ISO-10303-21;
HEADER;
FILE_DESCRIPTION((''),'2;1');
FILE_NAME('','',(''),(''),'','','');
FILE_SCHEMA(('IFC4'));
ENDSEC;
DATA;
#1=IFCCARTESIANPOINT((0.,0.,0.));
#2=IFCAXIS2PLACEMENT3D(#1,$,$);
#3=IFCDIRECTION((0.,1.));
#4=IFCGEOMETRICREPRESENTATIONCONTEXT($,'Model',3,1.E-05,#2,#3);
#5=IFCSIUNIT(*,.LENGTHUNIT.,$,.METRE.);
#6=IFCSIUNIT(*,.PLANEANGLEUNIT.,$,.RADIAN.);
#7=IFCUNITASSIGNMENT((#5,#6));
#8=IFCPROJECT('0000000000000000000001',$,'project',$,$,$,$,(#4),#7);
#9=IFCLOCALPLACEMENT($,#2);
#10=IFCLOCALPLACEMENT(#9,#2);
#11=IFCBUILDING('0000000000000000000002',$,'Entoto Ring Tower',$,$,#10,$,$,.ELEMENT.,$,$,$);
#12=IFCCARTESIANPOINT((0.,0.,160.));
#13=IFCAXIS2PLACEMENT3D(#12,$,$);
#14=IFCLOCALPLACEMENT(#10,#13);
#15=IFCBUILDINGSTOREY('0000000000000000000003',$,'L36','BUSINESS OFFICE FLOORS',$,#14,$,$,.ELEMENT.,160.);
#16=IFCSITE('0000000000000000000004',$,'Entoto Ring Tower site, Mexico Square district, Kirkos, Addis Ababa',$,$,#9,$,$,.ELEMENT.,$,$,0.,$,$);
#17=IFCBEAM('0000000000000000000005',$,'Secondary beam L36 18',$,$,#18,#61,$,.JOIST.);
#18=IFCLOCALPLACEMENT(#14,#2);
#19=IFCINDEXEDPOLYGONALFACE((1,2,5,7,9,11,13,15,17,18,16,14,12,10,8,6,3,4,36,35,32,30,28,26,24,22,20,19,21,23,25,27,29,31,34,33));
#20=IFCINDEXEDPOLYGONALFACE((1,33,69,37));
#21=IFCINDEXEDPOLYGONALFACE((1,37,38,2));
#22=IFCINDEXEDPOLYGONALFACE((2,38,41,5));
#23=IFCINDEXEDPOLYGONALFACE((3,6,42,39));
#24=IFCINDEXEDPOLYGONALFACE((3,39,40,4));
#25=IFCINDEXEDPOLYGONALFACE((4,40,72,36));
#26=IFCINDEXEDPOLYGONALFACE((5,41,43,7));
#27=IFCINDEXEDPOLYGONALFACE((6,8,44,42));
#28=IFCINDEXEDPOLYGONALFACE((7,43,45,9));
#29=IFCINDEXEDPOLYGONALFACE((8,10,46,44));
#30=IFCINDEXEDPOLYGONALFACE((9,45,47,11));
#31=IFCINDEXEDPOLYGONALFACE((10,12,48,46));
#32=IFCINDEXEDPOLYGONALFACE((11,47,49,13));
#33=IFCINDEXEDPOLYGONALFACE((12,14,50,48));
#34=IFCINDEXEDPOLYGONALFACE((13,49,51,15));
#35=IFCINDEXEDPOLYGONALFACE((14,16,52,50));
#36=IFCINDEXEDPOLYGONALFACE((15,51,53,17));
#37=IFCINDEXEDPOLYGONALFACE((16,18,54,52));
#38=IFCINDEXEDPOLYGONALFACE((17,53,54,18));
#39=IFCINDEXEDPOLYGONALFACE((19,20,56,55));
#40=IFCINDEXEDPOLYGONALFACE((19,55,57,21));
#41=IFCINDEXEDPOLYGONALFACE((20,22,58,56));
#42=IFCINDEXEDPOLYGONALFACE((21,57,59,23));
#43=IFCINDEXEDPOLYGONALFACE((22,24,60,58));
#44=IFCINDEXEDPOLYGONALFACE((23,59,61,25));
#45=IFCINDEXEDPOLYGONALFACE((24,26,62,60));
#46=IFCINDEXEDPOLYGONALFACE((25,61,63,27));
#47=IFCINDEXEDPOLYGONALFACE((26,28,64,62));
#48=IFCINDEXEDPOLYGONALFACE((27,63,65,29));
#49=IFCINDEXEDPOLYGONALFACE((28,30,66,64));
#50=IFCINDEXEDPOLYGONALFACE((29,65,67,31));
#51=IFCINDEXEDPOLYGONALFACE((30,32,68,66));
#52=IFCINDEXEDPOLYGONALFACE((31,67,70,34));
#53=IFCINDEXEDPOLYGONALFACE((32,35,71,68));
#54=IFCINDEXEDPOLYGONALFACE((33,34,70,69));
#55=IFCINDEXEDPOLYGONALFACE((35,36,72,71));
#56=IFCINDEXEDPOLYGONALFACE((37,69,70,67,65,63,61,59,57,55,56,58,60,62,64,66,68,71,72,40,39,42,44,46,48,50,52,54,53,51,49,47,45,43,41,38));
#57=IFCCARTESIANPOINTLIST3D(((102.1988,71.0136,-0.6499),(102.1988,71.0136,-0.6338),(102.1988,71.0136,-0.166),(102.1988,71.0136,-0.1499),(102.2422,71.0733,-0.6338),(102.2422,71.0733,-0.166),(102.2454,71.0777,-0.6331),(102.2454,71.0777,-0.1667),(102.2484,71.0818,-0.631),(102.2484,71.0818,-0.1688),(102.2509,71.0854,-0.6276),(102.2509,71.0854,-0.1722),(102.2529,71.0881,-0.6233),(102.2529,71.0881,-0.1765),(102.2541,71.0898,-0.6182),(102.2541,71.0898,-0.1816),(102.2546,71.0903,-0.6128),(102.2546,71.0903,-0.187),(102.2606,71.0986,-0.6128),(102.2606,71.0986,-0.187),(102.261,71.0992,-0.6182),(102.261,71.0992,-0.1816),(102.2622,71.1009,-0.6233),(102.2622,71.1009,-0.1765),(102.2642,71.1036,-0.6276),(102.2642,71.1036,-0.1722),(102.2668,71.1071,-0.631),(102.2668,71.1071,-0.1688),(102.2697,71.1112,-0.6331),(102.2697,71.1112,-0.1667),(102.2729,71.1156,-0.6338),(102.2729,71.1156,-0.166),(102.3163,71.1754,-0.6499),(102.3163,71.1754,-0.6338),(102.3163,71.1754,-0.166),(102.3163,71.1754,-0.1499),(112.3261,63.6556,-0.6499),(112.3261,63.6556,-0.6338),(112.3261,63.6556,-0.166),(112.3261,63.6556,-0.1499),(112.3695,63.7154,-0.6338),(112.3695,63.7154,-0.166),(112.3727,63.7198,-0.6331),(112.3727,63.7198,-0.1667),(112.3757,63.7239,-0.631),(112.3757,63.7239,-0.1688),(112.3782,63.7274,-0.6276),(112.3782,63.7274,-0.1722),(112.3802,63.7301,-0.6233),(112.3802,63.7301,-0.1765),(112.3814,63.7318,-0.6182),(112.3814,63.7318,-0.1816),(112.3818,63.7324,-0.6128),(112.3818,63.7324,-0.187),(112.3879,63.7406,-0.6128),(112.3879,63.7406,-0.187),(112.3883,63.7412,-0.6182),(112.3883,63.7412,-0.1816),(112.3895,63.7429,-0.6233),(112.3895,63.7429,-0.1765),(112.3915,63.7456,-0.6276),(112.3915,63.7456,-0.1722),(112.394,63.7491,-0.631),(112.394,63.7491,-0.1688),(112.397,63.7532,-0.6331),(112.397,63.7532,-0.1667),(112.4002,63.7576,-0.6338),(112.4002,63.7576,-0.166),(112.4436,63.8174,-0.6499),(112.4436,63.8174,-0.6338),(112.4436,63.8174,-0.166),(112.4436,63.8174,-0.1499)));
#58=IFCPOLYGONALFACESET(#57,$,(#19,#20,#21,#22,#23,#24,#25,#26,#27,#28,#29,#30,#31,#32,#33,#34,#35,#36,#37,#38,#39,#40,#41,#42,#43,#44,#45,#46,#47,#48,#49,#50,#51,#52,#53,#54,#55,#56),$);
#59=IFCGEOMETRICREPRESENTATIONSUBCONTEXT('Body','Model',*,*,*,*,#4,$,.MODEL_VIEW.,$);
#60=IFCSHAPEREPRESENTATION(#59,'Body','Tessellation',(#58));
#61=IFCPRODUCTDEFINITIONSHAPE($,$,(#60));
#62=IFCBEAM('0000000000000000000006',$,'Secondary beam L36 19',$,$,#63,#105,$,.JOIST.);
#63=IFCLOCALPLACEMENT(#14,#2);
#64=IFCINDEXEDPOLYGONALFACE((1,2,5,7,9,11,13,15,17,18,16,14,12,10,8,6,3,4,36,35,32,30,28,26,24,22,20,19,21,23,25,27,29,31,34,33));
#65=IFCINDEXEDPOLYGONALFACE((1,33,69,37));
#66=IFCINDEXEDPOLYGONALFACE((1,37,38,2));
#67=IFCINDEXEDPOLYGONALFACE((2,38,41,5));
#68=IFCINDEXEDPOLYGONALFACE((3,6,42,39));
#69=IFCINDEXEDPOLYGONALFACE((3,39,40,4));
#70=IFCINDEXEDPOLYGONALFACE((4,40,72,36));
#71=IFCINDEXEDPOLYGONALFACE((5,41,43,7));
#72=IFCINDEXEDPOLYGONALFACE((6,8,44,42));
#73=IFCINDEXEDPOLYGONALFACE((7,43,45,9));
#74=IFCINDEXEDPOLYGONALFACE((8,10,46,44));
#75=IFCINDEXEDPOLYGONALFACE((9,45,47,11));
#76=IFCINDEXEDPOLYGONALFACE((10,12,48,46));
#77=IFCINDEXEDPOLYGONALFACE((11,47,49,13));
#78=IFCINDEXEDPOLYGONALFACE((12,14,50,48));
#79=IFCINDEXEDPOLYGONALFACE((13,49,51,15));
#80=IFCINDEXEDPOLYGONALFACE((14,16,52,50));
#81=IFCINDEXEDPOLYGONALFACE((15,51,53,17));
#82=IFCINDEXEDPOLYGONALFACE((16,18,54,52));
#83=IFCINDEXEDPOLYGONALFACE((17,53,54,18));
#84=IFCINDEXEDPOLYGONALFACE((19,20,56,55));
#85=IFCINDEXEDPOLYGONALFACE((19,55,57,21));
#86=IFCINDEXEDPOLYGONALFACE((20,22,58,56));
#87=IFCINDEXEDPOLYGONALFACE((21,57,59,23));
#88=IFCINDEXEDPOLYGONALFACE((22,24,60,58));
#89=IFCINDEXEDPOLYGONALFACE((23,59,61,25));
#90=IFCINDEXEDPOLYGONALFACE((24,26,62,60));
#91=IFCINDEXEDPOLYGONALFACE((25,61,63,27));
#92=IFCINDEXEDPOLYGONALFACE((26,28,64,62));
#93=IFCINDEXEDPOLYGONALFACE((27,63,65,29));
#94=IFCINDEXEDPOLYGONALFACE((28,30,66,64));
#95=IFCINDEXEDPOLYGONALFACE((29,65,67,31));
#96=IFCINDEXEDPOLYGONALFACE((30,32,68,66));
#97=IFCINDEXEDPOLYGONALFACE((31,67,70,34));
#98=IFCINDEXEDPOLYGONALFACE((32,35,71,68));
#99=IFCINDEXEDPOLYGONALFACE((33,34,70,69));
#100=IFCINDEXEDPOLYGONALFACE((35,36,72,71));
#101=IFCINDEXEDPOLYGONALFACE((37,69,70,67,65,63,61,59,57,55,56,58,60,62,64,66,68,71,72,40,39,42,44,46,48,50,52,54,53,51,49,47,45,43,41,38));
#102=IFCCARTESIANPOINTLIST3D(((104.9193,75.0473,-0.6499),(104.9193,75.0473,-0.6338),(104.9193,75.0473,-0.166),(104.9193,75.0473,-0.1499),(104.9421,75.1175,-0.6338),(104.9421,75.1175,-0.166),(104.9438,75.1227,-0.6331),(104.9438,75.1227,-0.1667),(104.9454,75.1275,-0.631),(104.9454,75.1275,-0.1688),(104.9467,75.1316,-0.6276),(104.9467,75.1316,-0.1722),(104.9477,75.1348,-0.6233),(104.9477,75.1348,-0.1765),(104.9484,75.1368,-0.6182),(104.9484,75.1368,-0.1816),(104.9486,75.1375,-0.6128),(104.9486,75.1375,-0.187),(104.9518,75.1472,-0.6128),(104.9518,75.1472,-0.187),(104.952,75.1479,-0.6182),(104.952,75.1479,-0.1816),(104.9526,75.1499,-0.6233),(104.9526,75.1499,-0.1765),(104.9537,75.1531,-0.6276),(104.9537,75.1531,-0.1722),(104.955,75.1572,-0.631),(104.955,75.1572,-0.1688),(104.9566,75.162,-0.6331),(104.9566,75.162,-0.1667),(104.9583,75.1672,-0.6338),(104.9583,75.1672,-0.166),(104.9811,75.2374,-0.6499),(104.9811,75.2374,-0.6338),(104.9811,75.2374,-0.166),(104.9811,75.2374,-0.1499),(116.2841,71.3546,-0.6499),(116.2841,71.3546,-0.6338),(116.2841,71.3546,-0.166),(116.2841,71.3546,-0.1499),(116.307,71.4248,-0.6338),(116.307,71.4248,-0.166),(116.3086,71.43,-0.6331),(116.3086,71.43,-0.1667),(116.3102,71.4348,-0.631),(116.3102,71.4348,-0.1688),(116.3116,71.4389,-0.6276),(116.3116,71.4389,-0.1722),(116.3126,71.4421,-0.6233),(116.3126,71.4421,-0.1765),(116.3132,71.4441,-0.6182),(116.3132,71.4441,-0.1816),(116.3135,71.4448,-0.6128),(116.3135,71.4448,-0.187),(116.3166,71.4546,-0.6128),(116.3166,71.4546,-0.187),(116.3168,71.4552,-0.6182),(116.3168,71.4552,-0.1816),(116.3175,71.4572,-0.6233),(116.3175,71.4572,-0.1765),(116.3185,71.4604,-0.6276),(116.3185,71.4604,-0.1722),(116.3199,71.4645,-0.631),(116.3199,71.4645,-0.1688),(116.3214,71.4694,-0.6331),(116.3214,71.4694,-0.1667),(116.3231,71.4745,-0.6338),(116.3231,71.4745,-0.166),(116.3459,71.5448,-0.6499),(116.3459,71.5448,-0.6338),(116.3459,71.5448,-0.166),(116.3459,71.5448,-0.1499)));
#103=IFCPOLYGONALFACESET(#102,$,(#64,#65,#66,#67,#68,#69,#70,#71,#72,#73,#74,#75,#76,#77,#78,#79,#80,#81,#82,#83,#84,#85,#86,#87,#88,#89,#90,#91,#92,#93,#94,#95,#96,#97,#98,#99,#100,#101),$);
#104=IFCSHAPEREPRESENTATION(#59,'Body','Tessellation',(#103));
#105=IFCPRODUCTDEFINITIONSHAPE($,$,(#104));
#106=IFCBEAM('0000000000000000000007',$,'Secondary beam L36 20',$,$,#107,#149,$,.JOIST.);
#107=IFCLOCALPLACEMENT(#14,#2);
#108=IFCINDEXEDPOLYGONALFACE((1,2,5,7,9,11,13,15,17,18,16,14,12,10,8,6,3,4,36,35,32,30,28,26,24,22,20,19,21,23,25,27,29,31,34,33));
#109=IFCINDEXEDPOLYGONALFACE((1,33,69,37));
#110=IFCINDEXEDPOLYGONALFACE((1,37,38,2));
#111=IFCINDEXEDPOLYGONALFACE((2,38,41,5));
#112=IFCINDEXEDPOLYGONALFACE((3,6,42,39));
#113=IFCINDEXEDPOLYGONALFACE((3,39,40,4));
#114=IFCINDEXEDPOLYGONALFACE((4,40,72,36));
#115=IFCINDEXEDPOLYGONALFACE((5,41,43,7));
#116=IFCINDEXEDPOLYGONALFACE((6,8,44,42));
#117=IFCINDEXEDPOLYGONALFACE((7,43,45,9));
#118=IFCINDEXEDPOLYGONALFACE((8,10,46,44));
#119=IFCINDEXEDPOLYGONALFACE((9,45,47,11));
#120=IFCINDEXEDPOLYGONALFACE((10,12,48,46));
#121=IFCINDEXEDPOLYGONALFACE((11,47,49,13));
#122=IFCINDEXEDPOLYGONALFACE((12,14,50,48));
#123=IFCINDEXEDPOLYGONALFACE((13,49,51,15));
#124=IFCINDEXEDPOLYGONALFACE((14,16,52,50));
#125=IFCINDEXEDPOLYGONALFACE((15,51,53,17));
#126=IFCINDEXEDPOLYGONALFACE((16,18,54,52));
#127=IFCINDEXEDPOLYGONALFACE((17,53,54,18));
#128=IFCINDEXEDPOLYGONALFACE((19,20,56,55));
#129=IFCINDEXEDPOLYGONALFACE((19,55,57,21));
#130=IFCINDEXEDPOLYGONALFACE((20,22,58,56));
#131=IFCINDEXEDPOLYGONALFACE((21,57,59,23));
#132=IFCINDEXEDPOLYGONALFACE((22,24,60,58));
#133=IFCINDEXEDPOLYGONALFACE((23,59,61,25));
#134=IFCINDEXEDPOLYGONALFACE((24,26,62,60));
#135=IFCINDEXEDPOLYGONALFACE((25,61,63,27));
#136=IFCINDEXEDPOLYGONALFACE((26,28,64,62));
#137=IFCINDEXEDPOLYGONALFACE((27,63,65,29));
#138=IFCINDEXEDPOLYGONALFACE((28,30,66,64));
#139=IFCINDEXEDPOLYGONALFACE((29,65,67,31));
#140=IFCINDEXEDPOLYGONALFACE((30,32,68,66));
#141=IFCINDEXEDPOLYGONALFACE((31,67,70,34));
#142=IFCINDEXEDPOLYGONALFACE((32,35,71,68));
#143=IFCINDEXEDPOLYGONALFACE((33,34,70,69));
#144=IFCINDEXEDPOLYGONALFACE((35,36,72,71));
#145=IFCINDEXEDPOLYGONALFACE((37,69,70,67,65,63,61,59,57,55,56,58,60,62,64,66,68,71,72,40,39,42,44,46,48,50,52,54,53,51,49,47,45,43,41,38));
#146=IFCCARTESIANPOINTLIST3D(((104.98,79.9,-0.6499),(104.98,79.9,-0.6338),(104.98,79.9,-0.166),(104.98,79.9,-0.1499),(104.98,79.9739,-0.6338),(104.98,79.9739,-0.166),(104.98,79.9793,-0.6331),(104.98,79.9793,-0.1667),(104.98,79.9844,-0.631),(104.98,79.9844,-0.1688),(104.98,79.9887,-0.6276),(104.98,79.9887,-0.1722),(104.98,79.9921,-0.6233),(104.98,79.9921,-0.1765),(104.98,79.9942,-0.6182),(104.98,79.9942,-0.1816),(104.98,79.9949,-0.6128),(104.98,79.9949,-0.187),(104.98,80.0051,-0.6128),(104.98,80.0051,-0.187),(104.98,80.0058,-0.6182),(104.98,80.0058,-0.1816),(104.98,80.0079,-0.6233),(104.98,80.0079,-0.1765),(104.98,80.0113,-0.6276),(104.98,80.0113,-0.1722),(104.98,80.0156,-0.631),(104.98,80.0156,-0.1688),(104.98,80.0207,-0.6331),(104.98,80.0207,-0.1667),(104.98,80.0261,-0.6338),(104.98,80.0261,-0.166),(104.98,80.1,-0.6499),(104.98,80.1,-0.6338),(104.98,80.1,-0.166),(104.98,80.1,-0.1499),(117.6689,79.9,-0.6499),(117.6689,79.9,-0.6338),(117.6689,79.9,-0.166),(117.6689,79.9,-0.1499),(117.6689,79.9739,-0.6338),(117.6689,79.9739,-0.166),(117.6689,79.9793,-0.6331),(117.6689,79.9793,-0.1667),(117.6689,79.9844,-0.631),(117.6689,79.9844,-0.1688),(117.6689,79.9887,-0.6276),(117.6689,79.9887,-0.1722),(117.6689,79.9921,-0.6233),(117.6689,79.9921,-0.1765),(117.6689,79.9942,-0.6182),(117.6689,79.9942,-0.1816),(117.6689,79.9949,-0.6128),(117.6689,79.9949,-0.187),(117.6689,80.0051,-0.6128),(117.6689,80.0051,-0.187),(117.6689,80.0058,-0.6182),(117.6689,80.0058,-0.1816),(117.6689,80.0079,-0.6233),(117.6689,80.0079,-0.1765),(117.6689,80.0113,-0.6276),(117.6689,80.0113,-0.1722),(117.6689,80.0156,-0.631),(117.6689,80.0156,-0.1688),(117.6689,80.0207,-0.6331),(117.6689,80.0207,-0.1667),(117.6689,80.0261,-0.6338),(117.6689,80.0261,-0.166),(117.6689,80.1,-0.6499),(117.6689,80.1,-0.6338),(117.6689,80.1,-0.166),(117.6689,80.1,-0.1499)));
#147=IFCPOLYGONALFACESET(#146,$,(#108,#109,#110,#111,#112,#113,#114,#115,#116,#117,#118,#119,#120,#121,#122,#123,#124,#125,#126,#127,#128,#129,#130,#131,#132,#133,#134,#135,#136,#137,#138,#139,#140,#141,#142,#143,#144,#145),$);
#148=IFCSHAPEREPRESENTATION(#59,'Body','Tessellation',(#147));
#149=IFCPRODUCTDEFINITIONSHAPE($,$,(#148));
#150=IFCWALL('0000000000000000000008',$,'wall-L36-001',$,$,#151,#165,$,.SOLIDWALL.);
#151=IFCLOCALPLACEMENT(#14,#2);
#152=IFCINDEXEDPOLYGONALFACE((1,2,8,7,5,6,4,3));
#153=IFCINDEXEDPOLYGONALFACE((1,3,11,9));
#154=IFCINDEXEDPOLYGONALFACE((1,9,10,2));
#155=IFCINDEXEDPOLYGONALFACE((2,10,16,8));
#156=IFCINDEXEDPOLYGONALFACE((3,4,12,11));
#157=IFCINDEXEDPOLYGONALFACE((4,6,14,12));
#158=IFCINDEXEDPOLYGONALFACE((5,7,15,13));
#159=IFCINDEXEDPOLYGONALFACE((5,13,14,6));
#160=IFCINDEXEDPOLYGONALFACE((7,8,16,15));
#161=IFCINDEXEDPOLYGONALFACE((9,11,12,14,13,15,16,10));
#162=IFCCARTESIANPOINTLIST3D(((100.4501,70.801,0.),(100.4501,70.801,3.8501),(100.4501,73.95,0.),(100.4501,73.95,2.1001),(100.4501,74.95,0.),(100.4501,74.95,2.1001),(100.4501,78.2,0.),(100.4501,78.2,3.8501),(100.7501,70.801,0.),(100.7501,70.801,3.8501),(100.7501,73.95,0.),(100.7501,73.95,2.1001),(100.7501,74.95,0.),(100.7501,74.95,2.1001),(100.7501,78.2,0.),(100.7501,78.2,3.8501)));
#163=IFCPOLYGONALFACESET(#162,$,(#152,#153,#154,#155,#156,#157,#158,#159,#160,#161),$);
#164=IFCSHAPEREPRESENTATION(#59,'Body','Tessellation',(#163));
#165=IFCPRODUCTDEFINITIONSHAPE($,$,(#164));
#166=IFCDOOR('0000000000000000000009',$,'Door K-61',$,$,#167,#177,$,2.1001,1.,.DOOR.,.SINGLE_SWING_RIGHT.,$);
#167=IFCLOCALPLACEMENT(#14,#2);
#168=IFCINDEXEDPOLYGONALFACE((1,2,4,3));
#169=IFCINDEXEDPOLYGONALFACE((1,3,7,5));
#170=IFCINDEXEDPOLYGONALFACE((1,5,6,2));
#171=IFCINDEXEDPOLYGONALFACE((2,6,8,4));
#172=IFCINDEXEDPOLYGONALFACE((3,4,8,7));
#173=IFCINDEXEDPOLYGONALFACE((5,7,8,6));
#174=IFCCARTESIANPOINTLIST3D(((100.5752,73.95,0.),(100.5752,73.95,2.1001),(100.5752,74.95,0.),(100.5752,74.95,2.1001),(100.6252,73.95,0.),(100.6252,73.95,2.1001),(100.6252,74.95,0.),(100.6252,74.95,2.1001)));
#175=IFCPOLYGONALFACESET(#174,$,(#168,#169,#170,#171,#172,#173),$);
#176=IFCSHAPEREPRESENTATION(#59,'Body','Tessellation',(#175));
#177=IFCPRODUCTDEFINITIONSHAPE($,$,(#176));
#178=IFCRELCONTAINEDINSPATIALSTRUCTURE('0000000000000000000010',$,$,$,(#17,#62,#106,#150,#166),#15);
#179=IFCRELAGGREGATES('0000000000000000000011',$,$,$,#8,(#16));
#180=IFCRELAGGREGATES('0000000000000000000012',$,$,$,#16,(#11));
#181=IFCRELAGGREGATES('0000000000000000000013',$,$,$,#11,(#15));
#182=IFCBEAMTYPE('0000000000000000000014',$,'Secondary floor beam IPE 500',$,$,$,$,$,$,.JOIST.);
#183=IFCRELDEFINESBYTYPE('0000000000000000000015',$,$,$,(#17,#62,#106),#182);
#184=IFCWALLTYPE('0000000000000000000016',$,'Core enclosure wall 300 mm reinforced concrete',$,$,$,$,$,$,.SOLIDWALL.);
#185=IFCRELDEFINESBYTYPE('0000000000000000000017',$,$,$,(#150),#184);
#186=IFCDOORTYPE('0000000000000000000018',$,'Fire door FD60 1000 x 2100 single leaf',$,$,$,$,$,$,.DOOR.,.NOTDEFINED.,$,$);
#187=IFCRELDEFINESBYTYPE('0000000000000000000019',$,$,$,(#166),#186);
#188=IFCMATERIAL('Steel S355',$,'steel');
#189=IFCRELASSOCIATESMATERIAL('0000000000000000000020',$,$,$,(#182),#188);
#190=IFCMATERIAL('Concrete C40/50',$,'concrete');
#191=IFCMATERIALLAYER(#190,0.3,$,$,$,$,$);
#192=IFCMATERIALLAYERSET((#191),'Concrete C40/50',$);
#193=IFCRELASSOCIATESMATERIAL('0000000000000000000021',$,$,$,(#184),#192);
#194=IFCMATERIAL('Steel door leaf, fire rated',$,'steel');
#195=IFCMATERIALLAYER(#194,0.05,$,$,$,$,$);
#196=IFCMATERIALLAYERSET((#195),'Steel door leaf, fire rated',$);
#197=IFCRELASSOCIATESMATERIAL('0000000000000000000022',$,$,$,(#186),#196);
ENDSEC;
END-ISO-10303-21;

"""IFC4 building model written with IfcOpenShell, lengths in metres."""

from ifc_helpers import new_model, si_unit, direction, frame, frame_2d, origin, origin_2d, place, context, subcontext, project, spatial, rectangle, i_section, extrude, material, layer, layer_set, material_profile, profile_set, type_object, element, fill, save


model = new_model("IFC4")

# Units and contexts
model_context = context("Model", 3, precision=1e-05, world=origin(), true_north=direction((0.0, 1.0)))
body_context = subcontext(model_context, "Body", "Model", "MODEL_VIEW")
ifc_project = project(units=[si_unit("LENGTHUNIT", "METRE"), si_unit("PLANEANGLEUNIT", "RADIAN")], contexts=[model_context])

# Site, building, storey
site_placement = place(None, origin())
site = spatial("IfcSite", under=ifc_project, at=site_placement, Name="Entoto Ring Tower site, Mexico Square district, Kirkos, Addis Ababa", CompositionType="ELEMENT", RefElevation=0.0)
building_placement = place(site_placement, origin())
building = spatial("IfcBuilding", under=site, at=building_placement, Name="Entoto Ring Tower", CompositionType="ELEMENT")
storey_placement = place(building_placement, frame((0.0, 0.0, 160.0)))
storey = spatial("IfcBuildingStorey", under=building, at=storey_placement, Name="L36", Description="BUSINESS OFFICE FLOORS", CompositionType="ELEMENT", Elevation=160.0)

# Beams
ifc_material_1 = material(Name="Steel S355", Category="steel")
ifc_material_profile_1 = material_profile(ifc_material_1, i_section(OverallWidth=0.2, OverallDepth=0.5, WebThickness=0.0103, FlangeThickness=0.0161, FilletRadius=0.021, at=origin_2d()), Name="IPE 500")
ifc_profile_set_1 = profile_set([ifc_material_profile_1], Name="Steel S355")
beam_type_1 = type_object("IfcBeamType", Name="Secondary floor beam IPE 500", PredefinedType="JOIST", material=ifc_profile_set_1)
beam_1_placement = place(storey_placement, frame((102.2576, 71.0945, -0.3999), z_axis=(0.809014, -0.587789, 0.0), x_axis=(0.587789, 0.809014, 0.0)))
element("IfcBeam", 1, at=beam_1_placement, inside=storey, type_object=beam_type_1, Name="Secondary beam L36 18", PredefinedType="JOIST", context=body_context, shape_type="SweptSolid", body=[
    extrude(i_section(OverallWidth=0.2, OverallDepth=0.5, WebThickness=0.0103, FlangeThickness=0.0161, FilletRadius=0.021, at=origin_2d()), origin(), (0.0, 0.0, 1.0), 12.5181),
])
beam_2_placement = place(storey_placement, frame((104.9502, 75.1423, -0.3999), z_axis=(0.951057, -0.309017, 0.0), x_axis=(0.309017, 0.951057, 0.0)))
element("IfcBeam", 2, at=beam_2_placement, inside=storey, type_object=beam_type_1, Name="Secondary beam L36 19", PredefinedType="JOIST", context=body_context, shape_type="SweptSolid", body=[
    extrude(i_section(OverallWidth=0.2, OverallDepth=0.5, WebThickness=0.0103, FlangeThickness=0.0161, FilletRadius=0.021, at=origin_2d()), origin(), (0.0, 0.0, 1.0), 11.9497),
])
beam_3_placement = place(storey_placement, frame((104.98, 80.0, -0.3999), z_axis=(1.0, 0.0, 0.0), x_axis=(0.0, 1.0, 0.0)))
element("IfcBeam", 3, at=beam_3_placement, inside=storey, type_object=beam_type_1, Name="Secondary beam L36 20", PredefinedType="JOIST", context=body_context, shape_type="SweptSolid", body=[
    extrude(i_section(OverallWidth=0.2, OverallDepth=0.5, WebThickness=0.0103, FlangeThickness=0.0161, FilletRadius=0.021, at=origin_2d()), origin(), (0.0, 0.0, 1.0), 12.689),
])

# Wall, opening, door
ifc_material_2 = material(Name="Concrete C40/50", Category="concrete")
ifc_layer_1 = layer(ifc_material_2, 0.3)
ifc_layer_set_1 = layer_set([ifc_layer_1], Name="Concrete C40/50")
wall_type_1 = type_object("IfcWallType", Name="Core enclosure wall 300 mm reinforced concrete", PredefinedType="SOLIDWALL", material=ifc_layer_set_1)
wall_1_placement = place(storey_placement, frame((100.6001, 70.801, 0.0), z_axis=(0.0, 0.0, 1.0), x_axis=(0.0, 1.0, 0.0)))
wall_1 = element("IfcWall", 4, at=wall_1_placement, inside=storey, type_object=wall_type_1, Name="wall-L36-001", PredefinedType="SOLIDWALL", context=body_context, shape_type="SweptSolid", body=[
    extrude(rectangle(XDim=7.3989, YDim=0.3, at=frame_2d((3.6995, 0.0))), origin(), (0.0, 0.0, 1.0), 3.8501),
])
opening_1_placement = place(wall_1_placement, frame((3.1489, 0.0, 0.0)))
opening_1 = element("IfcOpeningElement", 5, at=opening_1_placement, cuts=wall_1, PredefinedType="OPENING", context=body_context, shape_type="SweptSolid", body=[
    extrude(rectangle(XDim=1.0, YDim=2.1001, at=frame_2d((0.5, 1.05))), frame((0.0, 0.1602, 0.0), z_axis=(0.0, -1.0, 0.0), x_axis=(1.0, 0.0, 0.0)), (0.0, 0.0, 1.0), 0.3201),
])
ifc_material_3 = material(Name="Steel door leaf, fire rated", Category="steel")
ifc_layer_2 = layer(ifc_material_3, 0.05)
ifc_layer_set_2 = layer_set([ifc_layer_2], Name="Steel door leaf, fire rated")
door_type_1 = type_object("IfcDoorType", Name="Fire door FD60 1000 x 2100 single leaf", OperationType="NOTDEFINED", PredefinedType="DOOR", material=ifc_layer_set_2)
door_1_placement = place(opening_1_placement, origin())
door_1 = element("IfcDoor", 6, at=door_1_placement, inside=storey, type_object=door_type_1, Name="Door K-61", OperationType="SINGLE_SWING_RIGHT", OverallHeight=2.1001, OverallWidth=1.0, PredefinedType="DOOR", context=body_context, shape_type="SweptSolid", body=[
    extrude(rectangle(XDim=1.0, YDim=2.1001, at=frame_2d((0.5, 1.05))), frame((0.0, 0.0249, 0.0), z_axis=(0.0, -1.0, 0.0), x_axis=(1.0, 0.0, 0.0)), (0.0, 0.0, 1.0), 0.05),
])
fill(opening_1, door_1)

save(model, "model.ifc")
